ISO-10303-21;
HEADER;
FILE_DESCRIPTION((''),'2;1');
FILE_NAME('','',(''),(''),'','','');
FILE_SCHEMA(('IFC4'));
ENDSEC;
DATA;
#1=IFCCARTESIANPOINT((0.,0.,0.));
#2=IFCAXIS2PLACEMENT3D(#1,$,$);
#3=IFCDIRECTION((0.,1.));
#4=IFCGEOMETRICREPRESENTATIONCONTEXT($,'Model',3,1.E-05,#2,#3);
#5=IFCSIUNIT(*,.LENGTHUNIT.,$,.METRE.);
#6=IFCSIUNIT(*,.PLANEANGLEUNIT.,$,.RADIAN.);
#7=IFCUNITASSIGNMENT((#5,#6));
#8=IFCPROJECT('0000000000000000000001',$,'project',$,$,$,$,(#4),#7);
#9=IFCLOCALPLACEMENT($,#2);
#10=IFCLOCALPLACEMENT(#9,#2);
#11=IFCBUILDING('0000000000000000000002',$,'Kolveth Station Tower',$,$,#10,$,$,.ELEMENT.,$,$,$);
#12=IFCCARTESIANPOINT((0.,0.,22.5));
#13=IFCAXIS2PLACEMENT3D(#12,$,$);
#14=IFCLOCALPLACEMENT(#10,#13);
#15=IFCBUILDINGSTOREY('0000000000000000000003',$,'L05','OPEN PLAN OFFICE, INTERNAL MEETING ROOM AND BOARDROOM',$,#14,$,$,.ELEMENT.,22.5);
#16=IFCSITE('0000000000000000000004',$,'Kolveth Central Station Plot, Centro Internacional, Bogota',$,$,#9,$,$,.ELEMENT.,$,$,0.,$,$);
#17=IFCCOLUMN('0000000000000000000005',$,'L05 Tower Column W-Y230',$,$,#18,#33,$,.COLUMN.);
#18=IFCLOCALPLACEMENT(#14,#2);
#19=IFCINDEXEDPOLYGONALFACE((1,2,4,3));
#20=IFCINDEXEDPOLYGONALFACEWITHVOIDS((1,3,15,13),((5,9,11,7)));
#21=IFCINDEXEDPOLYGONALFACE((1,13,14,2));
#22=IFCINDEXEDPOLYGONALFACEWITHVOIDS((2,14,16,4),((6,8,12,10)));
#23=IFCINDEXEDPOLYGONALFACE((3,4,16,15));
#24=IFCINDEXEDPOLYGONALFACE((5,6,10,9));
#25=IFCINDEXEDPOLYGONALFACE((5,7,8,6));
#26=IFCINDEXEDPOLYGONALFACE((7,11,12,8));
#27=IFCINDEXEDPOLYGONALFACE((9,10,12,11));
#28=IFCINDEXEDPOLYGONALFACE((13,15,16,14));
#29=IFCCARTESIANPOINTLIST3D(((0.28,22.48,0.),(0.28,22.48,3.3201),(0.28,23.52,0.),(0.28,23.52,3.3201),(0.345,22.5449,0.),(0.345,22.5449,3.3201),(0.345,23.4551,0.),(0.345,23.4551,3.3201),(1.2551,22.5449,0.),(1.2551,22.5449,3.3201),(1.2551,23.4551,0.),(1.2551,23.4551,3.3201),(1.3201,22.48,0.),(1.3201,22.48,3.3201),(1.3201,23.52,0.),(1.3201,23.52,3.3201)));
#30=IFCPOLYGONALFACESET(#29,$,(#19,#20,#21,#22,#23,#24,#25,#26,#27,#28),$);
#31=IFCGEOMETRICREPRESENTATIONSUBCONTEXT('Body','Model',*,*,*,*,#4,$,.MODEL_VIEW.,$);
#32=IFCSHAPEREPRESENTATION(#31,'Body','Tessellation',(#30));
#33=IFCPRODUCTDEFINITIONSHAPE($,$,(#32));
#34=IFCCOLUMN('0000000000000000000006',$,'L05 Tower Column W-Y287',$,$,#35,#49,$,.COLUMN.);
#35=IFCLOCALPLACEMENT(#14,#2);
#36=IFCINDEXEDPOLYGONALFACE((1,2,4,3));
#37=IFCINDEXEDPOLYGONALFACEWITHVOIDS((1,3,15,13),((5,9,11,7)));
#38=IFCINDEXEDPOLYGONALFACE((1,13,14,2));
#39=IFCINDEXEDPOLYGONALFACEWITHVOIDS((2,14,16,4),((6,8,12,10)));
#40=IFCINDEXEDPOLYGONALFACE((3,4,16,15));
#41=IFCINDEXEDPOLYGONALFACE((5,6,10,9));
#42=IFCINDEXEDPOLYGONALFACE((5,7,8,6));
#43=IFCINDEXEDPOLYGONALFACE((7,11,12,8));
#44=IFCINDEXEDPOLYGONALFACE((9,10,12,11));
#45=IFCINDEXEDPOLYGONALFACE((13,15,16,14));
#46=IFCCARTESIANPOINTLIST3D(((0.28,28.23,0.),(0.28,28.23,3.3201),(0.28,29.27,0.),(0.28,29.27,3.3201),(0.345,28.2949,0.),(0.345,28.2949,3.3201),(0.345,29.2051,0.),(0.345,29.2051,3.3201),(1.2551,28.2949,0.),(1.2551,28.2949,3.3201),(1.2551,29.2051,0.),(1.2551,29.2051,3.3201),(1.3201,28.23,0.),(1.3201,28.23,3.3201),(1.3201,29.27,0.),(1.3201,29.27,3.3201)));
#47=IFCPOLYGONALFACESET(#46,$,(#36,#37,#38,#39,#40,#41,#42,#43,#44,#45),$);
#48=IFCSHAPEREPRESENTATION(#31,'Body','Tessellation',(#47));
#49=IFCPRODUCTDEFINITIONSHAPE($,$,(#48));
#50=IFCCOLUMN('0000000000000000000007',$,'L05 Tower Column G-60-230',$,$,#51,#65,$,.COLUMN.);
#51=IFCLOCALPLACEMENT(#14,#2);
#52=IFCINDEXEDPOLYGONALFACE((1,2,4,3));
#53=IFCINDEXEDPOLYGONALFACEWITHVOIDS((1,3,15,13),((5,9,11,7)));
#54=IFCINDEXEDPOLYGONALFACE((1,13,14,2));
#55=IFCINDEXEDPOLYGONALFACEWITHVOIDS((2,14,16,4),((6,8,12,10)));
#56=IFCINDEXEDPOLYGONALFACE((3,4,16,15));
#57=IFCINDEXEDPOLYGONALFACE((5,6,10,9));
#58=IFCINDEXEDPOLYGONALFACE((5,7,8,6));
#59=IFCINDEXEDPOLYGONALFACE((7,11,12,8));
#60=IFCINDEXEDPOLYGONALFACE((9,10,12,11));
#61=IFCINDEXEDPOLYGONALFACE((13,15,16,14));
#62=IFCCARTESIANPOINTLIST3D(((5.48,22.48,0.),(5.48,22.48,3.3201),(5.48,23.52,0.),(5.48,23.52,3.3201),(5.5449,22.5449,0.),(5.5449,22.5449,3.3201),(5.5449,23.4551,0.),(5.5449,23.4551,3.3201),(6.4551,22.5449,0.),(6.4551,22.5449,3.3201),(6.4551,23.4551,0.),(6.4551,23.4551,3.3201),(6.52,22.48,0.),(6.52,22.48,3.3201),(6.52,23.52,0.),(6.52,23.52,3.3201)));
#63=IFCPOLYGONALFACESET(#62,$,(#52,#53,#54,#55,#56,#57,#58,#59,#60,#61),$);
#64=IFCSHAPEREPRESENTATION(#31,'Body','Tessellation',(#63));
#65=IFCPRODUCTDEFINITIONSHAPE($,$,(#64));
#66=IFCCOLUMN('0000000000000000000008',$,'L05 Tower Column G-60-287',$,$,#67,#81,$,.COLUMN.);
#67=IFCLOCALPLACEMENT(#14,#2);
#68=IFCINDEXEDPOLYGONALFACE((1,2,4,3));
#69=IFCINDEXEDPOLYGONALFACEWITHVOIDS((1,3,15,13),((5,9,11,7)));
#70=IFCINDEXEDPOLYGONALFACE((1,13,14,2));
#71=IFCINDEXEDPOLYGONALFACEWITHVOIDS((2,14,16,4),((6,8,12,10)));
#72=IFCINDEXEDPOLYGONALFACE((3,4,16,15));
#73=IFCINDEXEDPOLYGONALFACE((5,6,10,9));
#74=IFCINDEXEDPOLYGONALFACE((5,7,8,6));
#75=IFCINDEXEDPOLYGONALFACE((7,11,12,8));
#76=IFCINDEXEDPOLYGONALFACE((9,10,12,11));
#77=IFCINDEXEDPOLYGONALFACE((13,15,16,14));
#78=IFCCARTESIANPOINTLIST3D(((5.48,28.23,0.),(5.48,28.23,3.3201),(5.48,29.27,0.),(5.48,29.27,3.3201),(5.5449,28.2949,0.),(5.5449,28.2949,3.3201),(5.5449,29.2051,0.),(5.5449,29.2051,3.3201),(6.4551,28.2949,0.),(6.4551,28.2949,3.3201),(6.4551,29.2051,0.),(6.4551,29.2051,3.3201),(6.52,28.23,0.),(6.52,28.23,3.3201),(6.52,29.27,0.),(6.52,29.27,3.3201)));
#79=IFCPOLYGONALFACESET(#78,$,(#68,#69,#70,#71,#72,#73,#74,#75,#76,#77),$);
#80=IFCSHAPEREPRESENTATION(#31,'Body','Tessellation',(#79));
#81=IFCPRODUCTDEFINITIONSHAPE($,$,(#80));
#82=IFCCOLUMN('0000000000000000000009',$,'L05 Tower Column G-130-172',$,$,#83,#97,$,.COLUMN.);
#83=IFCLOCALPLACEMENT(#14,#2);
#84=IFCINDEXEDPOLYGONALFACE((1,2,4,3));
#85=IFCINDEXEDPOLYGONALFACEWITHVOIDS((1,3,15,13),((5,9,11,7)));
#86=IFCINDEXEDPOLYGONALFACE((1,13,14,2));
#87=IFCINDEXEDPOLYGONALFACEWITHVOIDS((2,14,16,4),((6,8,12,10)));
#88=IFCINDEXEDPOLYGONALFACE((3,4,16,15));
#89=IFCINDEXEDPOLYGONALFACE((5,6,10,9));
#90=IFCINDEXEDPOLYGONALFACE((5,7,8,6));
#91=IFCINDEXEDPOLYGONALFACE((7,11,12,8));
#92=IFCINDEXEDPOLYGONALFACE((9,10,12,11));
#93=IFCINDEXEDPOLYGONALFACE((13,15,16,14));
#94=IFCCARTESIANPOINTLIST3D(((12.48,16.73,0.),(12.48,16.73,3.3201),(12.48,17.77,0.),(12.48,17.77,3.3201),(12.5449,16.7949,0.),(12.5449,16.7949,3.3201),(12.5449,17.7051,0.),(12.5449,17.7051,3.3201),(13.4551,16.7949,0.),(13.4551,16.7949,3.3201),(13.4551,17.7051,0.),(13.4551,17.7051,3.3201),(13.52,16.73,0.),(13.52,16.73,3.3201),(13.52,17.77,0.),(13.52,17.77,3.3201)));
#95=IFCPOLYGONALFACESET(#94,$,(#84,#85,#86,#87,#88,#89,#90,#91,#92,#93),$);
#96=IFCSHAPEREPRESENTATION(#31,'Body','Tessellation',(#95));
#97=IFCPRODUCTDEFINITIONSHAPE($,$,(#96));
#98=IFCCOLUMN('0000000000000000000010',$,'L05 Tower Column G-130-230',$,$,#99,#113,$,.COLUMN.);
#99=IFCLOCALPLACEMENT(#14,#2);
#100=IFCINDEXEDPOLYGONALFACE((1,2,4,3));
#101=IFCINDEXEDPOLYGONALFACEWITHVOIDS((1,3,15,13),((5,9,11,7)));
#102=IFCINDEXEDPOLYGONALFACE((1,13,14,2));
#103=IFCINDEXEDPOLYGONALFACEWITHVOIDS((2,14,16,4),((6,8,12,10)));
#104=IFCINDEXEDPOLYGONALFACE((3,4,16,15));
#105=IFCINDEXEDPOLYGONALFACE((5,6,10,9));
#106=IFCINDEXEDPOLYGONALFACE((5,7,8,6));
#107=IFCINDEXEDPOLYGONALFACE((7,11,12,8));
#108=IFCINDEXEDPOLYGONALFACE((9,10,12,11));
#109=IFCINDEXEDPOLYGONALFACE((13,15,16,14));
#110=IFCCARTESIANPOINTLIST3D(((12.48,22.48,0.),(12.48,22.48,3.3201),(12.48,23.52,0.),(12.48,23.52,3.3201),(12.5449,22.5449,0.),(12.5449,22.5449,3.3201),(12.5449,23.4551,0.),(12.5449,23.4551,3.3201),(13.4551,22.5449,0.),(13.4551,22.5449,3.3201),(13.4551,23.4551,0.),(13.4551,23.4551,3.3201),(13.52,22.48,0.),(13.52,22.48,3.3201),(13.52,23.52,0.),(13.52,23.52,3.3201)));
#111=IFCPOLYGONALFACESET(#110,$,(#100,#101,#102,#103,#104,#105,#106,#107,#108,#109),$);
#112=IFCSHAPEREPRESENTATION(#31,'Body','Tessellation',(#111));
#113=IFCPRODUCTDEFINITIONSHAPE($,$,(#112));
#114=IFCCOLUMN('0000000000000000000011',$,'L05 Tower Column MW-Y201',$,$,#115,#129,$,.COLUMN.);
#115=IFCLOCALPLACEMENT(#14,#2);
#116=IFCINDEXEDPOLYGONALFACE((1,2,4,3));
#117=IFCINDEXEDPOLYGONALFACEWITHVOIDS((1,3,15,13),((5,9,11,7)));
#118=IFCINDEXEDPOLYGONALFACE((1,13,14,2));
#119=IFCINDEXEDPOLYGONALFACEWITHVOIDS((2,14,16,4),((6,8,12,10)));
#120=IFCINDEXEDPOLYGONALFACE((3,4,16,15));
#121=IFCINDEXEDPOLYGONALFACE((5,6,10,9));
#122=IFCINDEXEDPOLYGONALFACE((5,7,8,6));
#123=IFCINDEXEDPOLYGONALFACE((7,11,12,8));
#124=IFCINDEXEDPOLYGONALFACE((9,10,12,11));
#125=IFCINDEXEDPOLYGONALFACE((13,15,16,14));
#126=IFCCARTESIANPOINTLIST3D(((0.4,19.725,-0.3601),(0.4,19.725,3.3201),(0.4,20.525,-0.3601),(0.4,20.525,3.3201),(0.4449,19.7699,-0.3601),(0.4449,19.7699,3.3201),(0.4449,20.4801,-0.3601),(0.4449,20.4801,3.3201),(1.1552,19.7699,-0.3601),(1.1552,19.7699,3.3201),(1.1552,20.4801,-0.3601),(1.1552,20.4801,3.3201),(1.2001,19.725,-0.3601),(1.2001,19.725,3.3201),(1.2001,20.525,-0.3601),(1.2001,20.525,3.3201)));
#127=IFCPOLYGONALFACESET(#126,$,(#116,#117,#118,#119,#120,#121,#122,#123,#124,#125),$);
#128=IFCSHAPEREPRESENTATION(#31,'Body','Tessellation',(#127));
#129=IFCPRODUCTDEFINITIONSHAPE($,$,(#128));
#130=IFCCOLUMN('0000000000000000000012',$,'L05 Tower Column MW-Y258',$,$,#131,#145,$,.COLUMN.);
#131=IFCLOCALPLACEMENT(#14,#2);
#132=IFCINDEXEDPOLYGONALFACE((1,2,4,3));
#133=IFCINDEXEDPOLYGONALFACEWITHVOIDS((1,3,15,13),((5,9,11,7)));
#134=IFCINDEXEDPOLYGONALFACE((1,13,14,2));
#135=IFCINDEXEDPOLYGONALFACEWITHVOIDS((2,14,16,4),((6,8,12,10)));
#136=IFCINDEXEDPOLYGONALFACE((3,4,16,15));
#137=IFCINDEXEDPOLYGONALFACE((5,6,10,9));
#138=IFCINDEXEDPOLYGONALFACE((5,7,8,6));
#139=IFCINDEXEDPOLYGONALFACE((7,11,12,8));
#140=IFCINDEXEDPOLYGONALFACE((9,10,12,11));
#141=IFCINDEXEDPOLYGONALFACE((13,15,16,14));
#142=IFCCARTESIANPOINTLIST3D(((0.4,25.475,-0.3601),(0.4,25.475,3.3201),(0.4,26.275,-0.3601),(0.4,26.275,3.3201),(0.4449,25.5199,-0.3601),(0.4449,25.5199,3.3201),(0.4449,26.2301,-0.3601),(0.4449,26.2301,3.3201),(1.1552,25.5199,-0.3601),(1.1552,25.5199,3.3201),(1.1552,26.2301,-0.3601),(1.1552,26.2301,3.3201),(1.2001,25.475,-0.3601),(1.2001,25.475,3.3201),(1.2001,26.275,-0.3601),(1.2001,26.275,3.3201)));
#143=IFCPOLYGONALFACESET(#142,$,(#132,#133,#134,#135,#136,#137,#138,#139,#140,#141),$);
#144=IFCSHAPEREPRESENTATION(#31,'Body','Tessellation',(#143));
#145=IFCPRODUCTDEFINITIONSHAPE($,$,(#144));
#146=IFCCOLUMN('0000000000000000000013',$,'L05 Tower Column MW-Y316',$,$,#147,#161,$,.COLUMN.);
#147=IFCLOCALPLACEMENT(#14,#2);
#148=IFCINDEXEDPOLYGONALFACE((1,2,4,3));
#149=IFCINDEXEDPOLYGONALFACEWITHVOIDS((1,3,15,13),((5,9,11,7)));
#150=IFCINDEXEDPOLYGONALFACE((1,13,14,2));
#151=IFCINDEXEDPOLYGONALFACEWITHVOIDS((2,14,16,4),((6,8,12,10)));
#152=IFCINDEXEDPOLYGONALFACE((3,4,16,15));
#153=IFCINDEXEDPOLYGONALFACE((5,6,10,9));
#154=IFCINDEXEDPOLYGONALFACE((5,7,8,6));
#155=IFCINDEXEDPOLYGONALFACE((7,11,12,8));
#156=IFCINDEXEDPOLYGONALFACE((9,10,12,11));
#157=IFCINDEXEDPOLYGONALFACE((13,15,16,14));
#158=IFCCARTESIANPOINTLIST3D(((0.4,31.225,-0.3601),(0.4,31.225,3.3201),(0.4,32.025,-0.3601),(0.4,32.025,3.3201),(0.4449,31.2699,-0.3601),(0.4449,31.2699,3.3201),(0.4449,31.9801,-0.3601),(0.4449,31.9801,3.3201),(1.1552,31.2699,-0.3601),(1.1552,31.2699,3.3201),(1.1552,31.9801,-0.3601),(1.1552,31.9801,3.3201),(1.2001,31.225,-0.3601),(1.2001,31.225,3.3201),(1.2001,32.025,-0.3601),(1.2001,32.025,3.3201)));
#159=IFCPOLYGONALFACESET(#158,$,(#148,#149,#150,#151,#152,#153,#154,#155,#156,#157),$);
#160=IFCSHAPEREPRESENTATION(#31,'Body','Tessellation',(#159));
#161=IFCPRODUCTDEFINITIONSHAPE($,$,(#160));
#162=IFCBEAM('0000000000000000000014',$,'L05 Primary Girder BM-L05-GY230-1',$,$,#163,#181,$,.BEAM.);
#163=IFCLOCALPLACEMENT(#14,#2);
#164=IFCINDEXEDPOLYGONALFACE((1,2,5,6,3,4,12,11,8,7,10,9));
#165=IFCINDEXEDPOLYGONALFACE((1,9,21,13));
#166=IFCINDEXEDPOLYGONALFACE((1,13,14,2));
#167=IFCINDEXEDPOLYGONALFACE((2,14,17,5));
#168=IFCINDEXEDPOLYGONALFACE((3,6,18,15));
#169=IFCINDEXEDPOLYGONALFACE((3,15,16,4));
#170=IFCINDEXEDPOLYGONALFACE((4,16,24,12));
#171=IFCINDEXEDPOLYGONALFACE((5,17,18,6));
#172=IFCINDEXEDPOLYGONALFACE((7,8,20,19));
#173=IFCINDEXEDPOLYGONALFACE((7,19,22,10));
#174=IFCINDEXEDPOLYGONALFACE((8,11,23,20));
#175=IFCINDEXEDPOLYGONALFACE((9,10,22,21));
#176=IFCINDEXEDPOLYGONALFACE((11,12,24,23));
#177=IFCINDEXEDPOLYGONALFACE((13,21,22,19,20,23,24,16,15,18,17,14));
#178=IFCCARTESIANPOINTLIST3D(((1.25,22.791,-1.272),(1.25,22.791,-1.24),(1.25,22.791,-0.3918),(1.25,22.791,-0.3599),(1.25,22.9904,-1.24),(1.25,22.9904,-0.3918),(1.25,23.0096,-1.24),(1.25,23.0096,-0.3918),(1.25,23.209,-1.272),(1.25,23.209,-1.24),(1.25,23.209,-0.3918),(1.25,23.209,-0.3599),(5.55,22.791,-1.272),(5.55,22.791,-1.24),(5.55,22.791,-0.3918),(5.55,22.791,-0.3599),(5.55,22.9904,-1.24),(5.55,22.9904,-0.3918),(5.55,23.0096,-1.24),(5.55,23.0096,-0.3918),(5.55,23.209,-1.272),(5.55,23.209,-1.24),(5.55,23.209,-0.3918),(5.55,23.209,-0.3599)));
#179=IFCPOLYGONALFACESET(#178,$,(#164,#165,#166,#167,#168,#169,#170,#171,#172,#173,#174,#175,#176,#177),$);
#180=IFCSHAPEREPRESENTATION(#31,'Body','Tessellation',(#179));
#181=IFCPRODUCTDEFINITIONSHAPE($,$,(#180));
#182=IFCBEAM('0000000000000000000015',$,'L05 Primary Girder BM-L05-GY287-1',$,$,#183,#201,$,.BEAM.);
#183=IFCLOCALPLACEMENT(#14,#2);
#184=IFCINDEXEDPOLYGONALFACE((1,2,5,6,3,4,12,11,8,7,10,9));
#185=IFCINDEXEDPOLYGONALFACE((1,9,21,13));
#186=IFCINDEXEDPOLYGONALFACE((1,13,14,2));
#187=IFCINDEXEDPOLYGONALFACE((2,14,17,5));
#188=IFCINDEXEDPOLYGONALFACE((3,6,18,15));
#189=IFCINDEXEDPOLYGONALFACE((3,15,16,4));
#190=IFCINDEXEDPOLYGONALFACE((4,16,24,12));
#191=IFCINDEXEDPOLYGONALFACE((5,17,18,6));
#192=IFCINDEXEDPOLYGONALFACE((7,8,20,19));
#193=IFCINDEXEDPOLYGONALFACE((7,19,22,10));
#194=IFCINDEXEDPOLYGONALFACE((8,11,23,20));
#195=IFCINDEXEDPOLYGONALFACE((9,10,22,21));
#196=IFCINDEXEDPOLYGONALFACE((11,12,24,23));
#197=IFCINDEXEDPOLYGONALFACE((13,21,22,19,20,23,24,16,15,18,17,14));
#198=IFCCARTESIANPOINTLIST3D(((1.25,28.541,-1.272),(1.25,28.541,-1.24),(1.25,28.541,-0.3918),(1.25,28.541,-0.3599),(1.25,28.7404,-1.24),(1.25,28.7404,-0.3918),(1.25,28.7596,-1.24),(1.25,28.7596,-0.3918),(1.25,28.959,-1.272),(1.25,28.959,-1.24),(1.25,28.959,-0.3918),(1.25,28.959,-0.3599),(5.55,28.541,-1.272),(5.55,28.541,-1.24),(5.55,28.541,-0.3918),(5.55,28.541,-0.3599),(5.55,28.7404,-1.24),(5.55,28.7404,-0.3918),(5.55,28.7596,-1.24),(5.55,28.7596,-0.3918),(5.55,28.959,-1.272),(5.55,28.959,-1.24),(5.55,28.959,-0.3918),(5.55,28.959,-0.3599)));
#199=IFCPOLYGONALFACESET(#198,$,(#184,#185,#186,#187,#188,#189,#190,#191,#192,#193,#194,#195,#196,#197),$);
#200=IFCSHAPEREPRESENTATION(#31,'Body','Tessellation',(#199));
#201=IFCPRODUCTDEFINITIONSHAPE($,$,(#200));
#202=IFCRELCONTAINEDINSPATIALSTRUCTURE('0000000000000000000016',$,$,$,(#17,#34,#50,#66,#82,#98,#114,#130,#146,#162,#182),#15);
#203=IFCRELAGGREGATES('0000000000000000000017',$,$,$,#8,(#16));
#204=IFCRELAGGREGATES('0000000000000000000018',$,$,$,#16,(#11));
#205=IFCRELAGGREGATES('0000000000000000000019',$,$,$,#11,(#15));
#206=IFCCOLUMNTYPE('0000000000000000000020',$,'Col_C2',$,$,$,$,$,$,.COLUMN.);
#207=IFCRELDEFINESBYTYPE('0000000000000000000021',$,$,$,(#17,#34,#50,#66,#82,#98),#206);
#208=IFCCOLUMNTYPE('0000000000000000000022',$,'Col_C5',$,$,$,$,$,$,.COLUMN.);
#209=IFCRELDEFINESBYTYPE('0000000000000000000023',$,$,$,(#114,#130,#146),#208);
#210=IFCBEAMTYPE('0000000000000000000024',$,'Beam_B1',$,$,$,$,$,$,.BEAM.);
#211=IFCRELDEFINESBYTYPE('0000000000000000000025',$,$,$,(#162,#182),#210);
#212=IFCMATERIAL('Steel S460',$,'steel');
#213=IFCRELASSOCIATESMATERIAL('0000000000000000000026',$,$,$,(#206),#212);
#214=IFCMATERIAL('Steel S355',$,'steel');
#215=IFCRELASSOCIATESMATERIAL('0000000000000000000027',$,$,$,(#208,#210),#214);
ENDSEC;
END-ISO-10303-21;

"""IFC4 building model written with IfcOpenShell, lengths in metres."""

from ifc_helpers import new_model, si_unit, direction, frame, origin, origin_2d, place, context, subcontext, project, spatial, hollow_rectangle, i_section, extrude, source, transform, mapped, material, material_profile, profile_set, type_object, element, save


model = new_model("IFC4")

# Units and contexts
model_context = context("Model", 3, precision=1e-05, world=origin(), true_north=direction((0.0, 1.0)))
body_context = subcontext(model_context, "Body", "Model", "MODEL_VIEW")
ifc_project = project(units=[si_unit("LENGTHUNIT", "METRE"), si_unit("PLANEANGLEUNIT", "RADIAN")], contexts=[model_context])

# Site, building, storey
site_placement = place(None, origin())
site = spatial("IfcSite", under=ifc_project, at=site_placement, Name="Kolveth Central Station Plot, Centro Internacional, Bogota", CompositionType="ELEMENT", RefElevation=0.0)
building_placement = place(site_placement, origin())
building = spatial("IfcBuilding", under=site, at=building_placement, Name="Kolveth Station Tower", CompositionType="ELEMENT")
storey_placement = place(building_placement, frame((0.0, 0.0, 22.5)))
storey = spatial("IfcBuildingStorey", under=building, at=storey_placement, Name="L05", Description="OPEN PLAN OFFICE, INTERNAL MEETING ROOM AND BOARDROOM", CompositionType="ELEMENT", Elevation=22.5)

# Columns
ifc_material_1 = material(Name="Steel S460", Category="steel")
ifc_material_profile_1 = material_profile(ifc_material_1, hollow_rectangle(XDim=1.04, YDim=1.04, WallThickness=0.0649, at=origin_2d()), Name="BOX1040x1040x65")
ifc_profile_set_1 = profile_set([ifc_material_profile_1], Name="Steel S460")
column_type_1 = type_object("IfcColumnType", Name="Col_C2", PredefinedType="COLUMN", material=ifc_profile_set_1)
shared_shape_1 = source(origin(), body_context, "Body", "SweptSolid", [
    extrude(hollow_rectangle(XDim=1.04, YDim=1.04, WallThickness=0.0649, at=origin_2d()), origin(), (0.0, 0.0, 1.0), 3.3201),
])
for number, where, z_axis, x_axis, name in (
    (1, (0.8, 23.0, 0.0), (0.0, 0.0, 1.0), (1.0, 0.0, 0.0), "L05 Tower Column W-Y230"),
    (2, (0.8, 28.75, 0.0), (0.0, 0.0, 1.0), (1.0, 0.0, 0.0), "L05 Tower Column W-Y287"),
    (3, (6.0, 23.0, 0.0), (0.0, 0.0, 1.0), (1.0, 0.0, 0.0), "L05 Tower Column G-60-230"),
    (4, (6.0, 28.75, 0.0), (0.0, 0.0, 1.0), (1.0, 0.0, 0.0), "L05 Tower Column G-60-287"),
    (5, (13.0, 17.25, 0.0), (0.0, 0.0, 1.0), (1.0, 0.0, 0.0), "L05 Tower Column G-130-172"),
    (6, (13.0, 23.0, 0.0), (0.0, 0.0, 1.0), (1.0, 0.0, 0.0), "L05 Tower Column G-130-230"),
):
    element("IfcColumn", number, at=place(storey_placement, frame(where, z_axis=z_axis, x_axis=x_axis)), inside=storey, type_object=column_type_1, Name=name, PredefinedType="COLUMN", context=body_context, shape_type="MappedRepresentation", body=[
        mapped(shared_shape_1, transform((0.0, 0.0, 0.0), x_axis=(1.0, 0.0, 0.0), y_axis=(0.0, 1.0, 0.0), z_axis=(0.0, 0.0, 1.0), scale=1.0)),
    ])
ifc_material_2 = material(Name="Steel S355", Category="steel")
ifc_material_profile_2 = material_profile(ifc_material_2, hollow_rectangle(XDim=0.8, YDim=0.8, WallThickness=0.0449, at=origin_2d()), Name="BOX800x800x45")
ifc_profile_set_2 = profile_set([ifc_material_profile_2], Name="Steel S355")
column_type_2 = type_object("IfcColumnType", Name="Col_C5", PredefinedType="COLUMN", material=ifc_profile_set_2)
shared_shape_2 = source(origin(), body_context, "Body", "SweptSolid", [
    extrude(hollow_rectangle(XDim=0.8, YDim=0.8, WallThickness=0.0449, at=origin_2d()), origin(), (0.0, 0.0, 1.0), 3.6802),
])
for number, where, z_axis, x_axis, name in (
    (7, (0.8, 20.125, -0.3601), (0.0, 0.0, 1.0), (1.0, 0.0, 0.0), "L05 Tower Column MW-Y201"),
    (8, (0.8, 25.875, -0.3601), (0.0, 0.0, 1.0), (1.0, 0.0, 0.0), "L05 Tower Column MW-Y258"),
    (9, (0.8, 31.625, -0.3601), (0.0, 0.0, 1.0), (1.0, 0.0, 0.0), "L05 Tower Column MW-Y316"),
):
    element("IfcColumn", number, at=place(storey_placement, frame(where, z_axis=z_axis, x_axis=x_axis)), inside=storey, type_object=column_type_2, Name=name, PredefinedType="COLUMN", context=body_context, shape_type="MappedRepresentation", body=[
        mapped(shared_shape_2, transform((0.0, 0.0, 0.0), x_axis=(1.0, 0.0, 0.0), y_axis=(0.0, 1.0, 0.0), z_axis=(0.0, 0.0, 1.0), scale=1.0)),
    ])

# Beams
ifc_material_profile_3 = material_profile(ifc_material_2, i_section(OverallWidth=0.418, OverallDepth=0.9121, WebThickness=0.0193, FlangeThickness=0.032, at=origin_2d()), Name="W920x342")
ifc_profile_set_3 = profile_set([ifc_material_profile_3], Name="Steel S355")
beam_type_1 = type_object("IfcBeamType", Name="Beam_B1", PredefinedType="BEAM", material=ifc_profile_set_3)
shared_shape_3 = source(origin(), body_context, "Body", "SweptSolid", [
    extrude(i_section(OverallWidth=0.418, OverallDepth=0.9121, WebThickness=0.0193, FlangeThickness=0.032, at=origin_2d()), origin(), (0.0, 0.0, 1.0), 4.3),
])
for number, where, z_axis, x_axis, name in (
    (10, (1.25, 23.0, -0.8159), (1.0, 0.0, 0.0), (0.0, 1.0, 0.0), "L05 Primary Girder BM-L05-GY230-1"),
    (11, (1.25, 28.75, -0.8159), (1.0, 0.0, 0.0), (0.0, 1.0, 0.0), "L05 Primary Girder BM-L05-GY287-1"),
):
    element("IfcBeam", number, at=place(storey_placement, frame(where, z_axis=z_axis, x_axis=x_axis)), inside=storey, type_object=beam_type_1, Name=name, PredefinedType="BEAM", context=body_context, shape_type="MappedRepresentation", body=[
        mapped(shared_shape_3, transform((0.0, 0.0, 0.0), x_axis=(1.0, 0.0, 0.0), y_axis=(0.0, 1.0, 0.0), z_axis=(0.0, 0.0, 1.0), scale=1.0)),
    ])

save(model, "model.ifc")
